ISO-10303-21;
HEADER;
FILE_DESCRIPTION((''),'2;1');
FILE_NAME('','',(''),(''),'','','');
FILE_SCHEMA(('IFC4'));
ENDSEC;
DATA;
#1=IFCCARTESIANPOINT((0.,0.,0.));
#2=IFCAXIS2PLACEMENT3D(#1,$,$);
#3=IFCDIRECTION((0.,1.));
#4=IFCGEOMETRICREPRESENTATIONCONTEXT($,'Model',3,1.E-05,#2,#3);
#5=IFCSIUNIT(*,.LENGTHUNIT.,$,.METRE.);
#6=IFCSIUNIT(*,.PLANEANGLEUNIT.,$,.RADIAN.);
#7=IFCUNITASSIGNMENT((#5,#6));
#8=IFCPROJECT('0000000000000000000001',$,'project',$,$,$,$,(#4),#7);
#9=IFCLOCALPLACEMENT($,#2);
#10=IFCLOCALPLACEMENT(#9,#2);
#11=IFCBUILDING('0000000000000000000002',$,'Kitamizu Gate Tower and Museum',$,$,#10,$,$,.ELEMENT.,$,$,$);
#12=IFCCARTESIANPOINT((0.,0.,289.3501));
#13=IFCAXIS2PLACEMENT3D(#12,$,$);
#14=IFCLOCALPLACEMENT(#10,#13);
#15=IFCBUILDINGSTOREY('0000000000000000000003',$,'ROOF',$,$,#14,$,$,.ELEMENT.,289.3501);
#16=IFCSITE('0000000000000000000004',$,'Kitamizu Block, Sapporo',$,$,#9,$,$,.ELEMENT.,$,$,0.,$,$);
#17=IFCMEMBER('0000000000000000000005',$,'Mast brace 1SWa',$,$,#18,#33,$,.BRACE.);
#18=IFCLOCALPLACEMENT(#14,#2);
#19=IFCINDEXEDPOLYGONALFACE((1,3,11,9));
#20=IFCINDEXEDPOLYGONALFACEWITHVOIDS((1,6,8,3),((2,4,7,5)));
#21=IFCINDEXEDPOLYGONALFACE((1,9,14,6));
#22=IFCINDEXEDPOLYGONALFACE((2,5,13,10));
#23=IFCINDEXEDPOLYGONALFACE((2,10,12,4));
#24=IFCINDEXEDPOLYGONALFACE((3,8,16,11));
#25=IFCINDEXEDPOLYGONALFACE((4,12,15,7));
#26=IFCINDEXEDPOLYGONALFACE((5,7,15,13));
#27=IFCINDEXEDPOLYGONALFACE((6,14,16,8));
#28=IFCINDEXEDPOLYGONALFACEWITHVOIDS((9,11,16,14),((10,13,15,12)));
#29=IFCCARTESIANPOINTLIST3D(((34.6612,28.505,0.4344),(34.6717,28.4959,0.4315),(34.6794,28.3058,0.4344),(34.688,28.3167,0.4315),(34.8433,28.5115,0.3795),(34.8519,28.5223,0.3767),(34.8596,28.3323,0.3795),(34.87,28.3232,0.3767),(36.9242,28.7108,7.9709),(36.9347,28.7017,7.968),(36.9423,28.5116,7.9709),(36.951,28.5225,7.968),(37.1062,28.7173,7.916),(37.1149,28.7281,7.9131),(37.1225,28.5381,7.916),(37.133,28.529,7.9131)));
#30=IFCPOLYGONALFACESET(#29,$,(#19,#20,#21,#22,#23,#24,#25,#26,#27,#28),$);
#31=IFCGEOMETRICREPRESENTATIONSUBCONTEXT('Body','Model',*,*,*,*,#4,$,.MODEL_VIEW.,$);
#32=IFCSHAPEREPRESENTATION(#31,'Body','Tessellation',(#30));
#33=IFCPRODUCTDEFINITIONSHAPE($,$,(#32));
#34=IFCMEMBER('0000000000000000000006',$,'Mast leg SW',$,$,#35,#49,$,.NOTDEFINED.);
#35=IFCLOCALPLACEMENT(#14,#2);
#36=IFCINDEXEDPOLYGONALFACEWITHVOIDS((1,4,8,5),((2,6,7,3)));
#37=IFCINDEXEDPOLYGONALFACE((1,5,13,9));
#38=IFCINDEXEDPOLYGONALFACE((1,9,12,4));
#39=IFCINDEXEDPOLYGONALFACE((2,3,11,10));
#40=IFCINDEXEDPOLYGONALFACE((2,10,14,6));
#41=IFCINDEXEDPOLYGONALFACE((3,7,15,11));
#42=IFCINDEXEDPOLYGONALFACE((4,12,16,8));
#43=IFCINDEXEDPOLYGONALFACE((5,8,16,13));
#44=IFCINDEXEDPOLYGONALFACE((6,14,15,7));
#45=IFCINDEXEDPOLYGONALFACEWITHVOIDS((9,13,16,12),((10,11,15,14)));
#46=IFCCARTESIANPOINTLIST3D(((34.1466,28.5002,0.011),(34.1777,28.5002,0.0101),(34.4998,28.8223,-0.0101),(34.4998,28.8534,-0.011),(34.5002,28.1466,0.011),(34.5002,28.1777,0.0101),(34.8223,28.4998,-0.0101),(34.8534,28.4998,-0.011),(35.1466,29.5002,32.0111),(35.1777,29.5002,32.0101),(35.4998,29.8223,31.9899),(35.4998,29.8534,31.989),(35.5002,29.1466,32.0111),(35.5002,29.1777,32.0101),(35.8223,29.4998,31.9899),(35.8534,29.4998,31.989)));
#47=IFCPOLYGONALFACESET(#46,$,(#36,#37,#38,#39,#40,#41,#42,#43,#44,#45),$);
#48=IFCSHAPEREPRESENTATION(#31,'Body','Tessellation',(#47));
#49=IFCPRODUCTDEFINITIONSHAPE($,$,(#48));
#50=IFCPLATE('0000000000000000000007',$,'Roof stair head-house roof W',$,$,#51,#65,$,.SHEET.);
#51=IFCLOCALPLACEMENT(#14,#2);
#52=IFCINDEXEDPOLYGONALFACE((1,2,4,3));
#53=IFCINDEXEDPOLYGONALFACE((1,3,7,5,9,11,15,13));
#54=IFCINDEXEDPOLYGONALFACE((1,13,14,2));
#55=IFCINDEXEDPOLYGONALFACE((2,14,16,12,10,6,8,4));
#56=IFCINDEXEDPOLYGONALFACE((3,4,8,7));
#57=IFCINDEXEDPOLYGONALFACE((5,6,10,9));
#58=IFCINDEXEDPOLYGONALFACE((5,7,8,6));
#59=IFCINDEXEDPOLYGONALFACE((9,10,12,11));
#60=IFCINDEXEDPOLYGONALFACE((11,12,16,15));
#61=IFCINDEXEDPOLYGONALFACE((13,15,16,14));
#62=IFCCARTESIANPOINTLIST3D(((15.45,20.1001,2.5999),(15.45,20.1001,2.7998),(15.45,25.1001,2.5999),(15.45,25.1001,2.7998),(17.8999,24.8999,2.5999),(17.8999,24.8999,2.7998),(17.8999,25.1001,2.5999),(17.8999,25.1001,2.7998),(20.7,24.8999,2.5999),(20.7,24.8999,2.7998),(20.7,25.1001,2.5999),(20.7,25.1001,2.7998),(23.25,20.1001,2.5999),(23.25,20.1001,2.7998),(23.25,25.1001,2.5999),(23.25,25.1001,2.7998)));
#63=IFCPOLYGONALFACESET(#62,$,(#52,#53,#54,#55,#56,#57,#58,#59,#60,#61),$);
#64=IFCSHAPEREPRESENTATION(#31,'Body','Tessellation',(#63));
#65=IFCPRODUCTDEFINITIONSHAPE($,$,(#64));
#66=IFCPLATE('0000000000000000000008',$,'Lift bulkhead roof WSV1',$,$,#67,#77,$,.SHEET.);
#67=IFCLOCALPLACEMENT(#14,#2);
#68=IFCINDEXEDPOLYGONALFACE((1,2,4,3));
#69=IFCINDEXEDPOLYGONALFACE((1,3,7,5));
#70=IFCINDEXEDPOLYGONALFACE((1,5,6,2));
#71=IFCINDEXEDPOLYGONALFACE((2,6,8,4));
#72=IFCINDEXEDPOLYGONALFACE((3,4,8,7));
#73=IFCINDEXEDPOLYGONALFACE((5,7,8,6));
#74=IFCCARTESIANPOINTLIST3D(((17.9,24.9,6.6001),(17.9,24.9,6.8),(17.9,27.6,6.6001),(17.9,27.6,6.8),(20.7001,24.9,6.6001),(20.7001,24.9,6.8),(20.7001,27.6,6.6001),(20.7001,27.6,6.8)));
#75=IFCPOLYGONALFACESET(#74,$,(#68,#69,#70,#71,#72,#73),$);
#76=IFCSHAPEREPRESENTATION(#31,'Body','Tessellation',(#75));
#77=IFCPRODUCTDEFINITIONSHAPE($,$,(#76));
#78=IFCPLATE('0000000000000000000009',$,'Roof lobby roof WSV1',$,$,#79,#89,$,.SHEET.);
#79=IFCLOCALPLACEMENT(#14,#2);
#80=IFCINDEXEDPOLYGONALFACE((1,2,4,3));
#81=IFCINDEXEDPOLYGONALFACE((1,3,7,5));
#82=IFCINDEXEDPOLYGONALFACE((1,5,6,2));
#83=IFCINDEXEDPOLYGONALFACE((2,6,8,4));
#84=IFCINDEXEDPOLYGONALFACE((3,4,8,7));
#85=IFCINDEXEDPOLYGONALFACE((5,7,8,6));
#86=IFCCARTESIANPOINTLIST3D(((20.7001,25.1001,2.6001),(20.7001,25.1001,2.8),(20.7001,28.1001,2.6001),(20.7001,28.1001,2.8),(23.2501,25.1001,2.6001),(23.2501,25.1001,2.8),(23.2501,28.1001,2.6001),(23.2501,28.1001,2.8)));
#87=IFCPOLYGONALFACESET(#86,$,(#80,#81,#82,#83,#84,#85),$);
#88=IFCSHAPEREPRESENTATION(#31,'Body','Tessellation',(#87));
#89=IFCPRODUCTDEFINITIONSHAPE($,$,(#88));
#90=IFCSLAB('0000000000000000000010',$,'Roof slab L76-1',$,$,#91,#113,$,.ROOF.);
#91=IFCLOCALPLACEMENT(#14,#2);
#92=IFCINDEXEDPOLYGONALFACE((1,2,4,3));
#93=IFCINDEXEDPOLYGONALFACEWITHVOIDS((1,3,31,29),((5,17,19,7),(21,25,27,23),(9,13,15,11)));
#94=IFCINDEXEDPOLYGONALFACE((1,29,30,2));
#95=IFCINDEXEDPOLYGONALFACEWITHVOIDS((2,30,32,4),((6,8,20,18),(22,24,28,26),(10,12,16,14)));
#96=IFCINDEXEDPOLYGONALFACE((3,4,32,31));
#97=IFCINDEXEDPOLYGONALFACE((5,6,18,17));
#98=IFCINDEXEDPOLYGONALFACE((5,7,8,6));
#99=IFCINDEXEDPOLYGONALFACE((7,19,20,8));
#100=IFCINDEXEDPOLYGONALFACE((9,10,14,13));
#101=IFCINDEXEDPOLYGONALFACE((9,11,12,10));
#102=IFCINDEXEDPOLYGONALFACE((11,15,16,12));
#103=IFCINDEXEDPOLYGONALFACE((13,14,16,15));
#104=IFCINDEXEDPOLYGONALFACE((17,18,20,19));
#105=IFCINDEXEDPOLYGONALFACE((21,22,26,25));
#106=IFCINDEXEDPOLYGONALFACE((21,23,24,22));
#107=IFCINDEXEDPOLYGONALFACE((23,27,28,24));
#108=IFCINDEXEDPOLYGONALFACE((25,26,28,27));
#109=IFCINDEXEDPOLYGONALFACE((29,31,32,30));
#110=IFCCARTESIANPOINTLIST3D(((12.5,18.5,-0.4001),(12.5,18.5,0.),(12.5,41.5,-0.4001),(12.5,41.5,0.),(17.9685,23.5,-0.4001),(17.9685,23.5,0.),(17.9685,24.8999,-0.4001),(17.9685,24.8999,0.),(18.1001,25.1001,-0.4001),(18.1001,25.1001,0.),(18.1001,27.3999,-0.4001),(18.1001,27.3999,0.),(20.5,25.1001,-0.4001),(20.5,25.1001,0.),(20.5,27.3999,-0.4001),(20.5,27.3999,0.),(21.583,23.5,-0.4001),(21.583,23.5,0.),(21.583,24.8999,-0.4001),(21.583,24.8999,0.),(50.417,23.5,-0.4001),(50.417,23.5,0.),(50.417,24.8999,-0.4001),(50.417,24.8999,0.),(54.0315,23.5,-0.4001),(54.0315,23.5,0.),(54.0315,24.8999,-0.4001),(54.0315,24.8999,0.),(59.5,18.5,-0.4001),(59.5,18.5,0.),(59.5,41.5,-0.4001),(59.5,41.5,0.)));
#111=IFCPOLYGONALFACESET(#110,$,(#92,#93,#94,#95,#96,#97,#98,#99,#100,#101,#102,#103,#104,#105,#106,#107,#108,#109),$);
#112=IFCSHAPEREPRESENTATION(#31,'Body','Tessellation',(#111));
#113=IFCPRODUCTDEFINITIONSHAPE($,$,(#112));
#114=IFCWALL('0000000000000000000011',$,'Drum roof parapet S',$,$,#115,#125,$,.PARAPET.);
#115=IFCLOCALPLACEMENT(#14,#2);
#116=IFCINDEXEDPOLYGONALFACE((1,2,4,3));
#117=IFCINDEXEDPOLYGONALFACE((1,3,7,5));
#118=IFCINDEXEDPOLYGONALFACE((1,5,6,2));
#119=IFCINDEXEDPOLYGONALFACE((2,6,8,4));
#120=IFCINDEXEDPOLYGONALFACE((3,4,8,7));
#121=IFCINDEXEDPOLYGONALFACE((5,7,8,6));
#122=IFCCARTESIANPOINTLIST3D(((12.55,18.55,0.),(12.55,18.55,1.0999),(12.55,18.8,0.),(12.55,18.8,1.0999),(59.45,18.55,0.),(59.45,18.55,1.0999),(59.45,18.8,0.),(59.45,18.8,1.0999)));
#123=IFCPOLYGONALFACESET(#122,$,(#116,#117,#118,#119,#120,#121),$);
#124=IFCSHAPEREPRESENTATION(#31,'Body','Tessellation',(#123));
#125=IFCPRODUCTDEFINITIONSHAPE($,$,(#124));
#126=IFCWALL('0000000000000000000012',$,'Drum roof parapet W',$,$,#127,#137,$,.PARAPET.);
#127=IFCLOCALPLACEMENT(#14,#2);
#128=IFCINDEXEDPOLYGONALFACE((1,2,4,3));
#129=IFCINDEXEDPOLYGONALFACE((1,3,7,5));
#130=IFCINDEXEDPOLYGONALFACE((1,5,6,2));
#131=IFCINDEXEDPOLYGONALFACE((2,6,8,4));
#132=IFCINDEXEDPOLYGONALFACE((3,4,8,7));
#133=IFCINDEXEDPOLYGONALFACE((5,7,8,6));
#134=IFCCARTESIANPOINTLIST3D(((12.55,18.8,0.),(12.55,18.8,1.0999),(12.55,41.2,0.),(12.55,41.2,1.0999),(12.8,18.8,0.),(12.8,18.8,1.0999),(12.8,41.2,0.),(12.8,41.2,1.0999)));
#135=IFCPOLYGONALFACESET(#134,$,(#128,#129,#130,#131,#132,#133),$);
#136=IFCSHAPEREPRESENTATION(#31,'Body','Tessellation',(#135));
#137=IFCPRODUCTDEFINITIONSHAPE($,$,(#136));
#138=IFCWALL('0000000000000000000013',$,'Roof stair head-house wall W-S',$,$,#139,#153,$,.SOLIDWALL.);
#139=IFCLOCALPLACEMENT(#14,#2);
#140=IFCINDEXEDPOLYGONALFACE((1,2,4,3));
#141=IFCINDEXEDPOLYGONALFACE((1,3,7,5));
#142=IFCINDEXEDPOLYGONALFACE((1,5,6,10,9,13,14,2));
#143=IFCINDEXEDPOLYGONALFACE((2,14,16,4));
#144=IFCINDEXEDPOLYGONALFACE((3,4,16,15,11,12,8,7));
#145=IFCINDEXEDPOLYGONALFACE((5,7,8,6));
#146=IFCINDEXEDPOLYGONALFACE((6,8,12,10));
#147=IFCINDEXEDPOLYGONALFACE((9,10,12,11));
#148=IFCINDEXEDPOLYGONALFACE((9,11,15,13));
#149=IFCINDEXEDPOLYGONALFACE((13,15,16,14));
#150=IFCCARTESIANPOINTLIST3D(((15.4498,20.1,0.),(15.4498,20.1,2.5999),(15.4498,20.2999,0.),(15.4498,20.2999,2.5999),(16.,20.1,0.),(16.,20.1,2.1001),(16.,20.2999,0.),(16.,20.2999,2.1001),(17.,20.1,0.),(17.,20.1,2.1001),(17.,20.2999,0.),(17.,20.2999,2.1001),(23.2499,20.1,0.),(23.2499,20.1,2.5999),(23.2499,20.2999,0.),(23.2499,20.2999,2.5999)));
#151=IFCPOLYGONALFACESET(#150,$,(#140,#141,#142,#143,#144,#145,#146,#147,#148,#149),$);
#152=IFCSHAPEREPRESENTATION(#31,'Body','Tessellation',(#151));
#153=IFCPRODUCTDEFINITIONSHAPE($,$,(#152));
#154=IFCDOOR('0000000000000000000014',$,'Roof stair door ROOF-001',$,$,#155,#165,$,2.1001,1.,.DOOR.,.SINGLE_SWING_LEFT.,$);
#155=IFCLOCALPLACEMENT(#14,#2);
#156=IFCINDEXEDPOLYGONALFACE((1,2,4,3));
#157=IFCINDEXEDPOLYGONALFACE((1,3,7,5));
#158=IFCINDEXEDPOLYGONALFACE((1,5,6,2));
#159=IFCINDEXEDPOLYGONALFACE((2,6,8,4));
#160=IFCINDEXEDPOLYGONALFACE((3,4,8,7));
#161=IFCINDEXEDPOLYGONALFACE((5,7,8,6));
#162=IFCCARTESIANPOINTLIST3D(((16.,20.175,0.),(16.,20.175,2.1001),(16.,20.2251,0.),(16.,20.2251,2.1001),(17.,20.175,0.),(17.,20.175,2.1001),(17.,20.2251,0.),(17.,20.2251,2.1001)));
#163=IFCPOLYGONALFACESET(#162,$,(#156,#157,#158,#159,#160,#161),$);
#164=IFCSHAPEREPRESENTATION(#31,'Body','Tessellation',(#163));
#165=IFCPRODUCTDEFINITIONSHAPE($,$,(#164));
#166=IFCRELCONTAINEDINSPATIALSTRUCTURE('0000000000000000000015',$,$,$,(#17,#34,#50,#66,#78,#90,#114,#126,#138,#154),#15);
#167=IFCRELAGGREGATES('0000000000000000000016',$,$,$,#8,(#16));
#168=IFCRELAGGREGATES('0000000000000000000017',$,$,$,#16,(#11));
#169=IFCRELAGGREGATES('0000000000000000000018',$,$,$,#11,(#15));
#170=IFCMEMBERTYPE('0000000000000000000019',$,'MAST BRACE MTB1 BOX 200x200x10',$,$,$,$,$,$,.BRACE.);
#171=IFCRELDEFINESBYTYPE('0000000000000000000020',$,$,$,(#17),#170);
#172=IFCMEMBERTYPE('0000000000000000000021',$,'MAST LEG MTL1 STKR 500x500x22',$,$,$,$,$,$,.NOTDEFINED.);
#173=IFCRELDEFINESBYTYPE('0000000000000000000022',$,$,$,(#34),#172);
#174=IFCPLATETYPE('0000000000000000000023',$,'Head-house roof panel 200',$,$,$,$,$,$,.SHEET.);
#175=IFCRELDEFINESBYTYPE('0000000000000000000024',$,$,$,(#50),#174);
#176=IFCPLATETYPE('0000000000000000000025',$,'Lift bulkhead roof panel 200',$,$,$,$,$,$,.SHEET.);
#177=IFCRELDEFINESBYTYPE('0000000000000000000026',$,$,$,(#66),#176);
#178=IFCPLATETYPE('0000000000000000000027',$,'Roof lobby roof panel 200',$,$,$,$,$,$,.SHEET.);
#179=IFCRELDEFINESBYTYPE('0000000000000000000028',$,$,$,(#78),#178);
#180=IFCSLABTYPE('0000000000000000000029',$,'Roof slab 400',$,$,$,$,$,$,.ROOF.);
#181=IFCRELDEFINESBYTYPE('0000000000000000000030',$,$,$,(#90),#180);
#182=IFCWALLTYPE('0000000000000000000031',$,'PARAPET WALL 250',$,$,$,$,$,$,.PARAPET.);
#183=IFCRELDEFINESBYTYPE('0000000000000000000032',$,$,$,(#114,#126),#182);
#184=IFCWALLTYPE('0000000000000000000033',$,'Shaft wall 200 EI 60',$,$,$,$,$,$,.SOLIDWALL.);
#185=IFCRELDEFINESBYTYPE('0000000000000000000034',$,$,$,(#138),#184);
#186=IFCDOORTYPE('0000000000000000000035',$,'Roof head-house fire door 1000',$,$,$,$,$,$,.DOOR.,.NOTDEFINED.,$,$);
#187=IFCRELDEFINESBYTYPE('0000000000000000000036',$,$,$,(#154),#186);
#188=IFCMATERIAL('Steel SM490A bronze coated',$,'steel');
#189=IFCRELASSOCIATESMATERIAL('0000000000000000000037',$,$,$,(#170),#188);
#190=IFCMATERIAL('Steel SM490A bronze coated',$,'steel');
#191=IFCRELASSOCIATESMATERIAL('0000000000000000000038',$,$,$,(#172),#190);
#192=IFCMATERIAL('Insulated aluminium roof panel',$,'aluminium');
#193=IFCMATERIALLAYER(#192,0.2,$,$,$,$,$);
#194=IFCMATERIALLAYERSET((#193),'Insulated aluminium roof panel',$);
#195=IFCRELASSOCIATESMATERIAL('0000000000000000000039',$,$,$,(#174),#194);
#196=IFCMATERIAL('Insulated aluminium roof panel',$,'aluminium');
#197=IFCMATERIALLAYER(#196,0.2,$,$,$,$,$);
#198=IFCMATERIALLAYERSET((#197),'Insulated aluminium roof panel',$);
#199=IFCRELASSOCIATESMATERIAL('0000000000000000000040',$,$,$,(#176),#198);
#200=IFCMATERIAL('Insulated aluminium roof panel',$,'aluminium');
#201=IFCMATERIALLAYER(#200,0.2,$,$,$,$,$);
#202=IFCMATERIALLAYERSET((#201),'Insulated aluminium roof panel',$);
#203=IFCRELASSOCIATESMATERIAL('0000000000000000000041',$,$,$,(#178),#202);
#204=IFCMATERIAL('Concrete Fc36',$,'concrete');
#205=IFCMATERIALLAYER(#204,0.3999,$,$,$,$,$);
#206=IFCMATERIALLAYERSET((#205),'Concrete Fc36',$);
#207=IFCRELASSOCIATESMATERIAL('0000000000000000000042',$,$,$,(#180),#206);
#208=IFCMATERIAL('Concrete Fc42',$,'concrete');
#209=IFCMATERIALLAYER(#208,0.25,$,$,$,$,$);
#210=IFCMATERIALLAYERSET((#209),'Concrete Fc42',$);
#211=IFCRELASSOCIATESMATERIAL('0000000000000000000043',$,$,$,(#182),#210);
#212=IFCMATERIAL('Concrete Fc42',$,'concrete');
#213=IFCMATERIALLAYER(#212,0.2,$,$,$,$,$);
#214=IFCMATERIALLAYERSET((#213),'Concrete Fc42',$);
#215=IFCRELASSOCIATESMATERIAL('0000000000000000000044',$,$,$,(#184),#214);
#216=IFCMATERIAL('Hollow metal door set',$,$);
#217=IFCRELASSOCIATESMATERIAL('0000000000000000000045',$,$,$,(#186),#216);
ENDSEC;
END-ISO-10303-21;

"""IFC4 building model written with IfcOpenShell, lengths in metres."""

from ifc_helpers import new_model, si_unit, direction, frame, frame_2d, origin, origin_2d, place, context, subcontext, project, spatial, polyline, rectangle, hollow_rectangle, outline, extrude, material, layer, layer_set, material_profile, profile_set, type_object, element, fill, save


model = new_model("IFC4")

# Units and contexts
model_context = context("Model", 3, precision=1e-05, world=origin(), true_north=direction((0.0, 1.0)))
body_context = subcontext(model_context, "Body", "Model", "MODEL_VIEW")
ifc_project = project(units=[si_unit("LENGTHUNIT", "METRE"), si_unit("PLANEANGLEUNIT", "RADIAN")], contexts=[model_context])

# Site, building, storey
site_placement = place(None, origin())
site = spatial("IfcSite", under=ifc_project, at=site_placement, Name="Kitamizu Block, Sapporo", CompositionType="ELEMENT", RefElevation=0.0)
building_placement = place(site_placement, origin())
building = spatial("IfcBuilding", under=site, at=building_placement, Name="Kitamizu Gate Tower and Museum", CompositionType="ELEMENT")
storey_placement = place(building_placement, frame((0.0, 0.0, 289.3501)))
storey = spatial("IfcBuildingStorey", under=building, at=storey_placement, Name="ROOF", CompositionType="ELEMENT", Elevation=289.3501)

# Members
ifc_material_1 = material(Name="Steel SM490A bronze coated", Category="steel")
ifc_material_profile_1 = material_profile(ifc_material_1, hollow_rectangle(XDim=0.2, YDim=0.2, WallThickness=0.01, at=origin_2d()), Name="BOX 200x200x10")
ifc_profile_set_1 = profile_set([ifc_material_profile_1], Name="Steel SM490A bronze coated")
member_type_1 = type_object("IfcMemberType", Name="MAST BRACE MTB1 BOX 200x200x10", PredefinedType="BRACE", material=ifc_profile_set_1)
member_1_placement = place(storey_placement, frame((34.7656, 28.4141, 0.4055), z_axis=(0.287486, 0.026146, 0.957428), x_axis=(-0.090574, 0.99589, 0.0)))
element("IfcMember", 1, at=member_1_placement, inside=storey, type_object=member_type_1, Name="Mast brace 1SWa", PredefinedType="BRACE", context=body_context, shape_type="SweptSolid", body=[
    extrude(hollow_rectangle(XDim=0.2, YDim=0.2, WallThickness=0.01, at=origin_2d()), origin(), (0.0, 0.0, 1.0), 7.8716),
])
ifc_material_2 = material(Name="Steel SM490A bronze coated", Category="steel")
ifc_material_profile_2 = material_profile(ifc_material_2, hollow_rectangle(XDim=0.5, YDim=0.5, WallThickness=0.022, at=origin_2d()), Name="STKR-500x500x22")
ifc_profile_set_2 = profile_set([ifc_material_profile_2], Name="Steel SM490A bronze coated")
member_type_2 = type_object("IfcMemberType", Name="MAST LEG MTL1 STKR 500x500x22", PredefinedType="NOTDEFINED", material=ifc_profile_set_2)
member_2_placement = place(storey_placement, frame((34.5, 28.5, 0.0), z_axis=(0.03122, 0.03122, 0.999025), x_axis=(-0.707107, 0.707107, 0.0)))
element("IfcMember", 2, at=member_2_placement, inside=storey, type_object=member_type_2, Name="Mast leg SW", PredefinedType="NOTDEFINED", context=body_context, shape_type="SweptSolid", body=[
    extrude(hollow_rectangle(XDim=0.5, YDim=0.5, WallThickness=0.022, at=origin_2d()), origin(), (0.0, 0.0, 1.0), 32.0312),
])

# Plates
ifc_material_3 = material(Name="Insulated aluminium roof panel", Category="aluminium")
ifc_layer_1 = layer(ifc_material_3, 0.2)
ifc_layer_set_1 = layer_set([ifc_layer_1], Name="Insulated aluminium roof panel")
plate_type_1 = type_object("IfcPlateType", Name="Head-house roof panel 200", PredefinedType="SHEET", material=ifc_layer_set_1)
plate_1_placement = place(storey_placement, frame((0.0, 0.0, 2.5999)))
element("IfcPlate", 3, at=plate_1_placement, inside=storey, type_object=plate_type_1, Name="Roof stair head-house roof W", PredefinedType="SHEET", context=body_context, shape_type="SweptSolid", body=[
    extrude(outline(polyline([(23.25, 25.1001), (23.25, 20.1001), (15.45, 20.1001), (15.45, 25.1001), (17.8999, 25.1001), (17.8999, 24.8999), (20.7, 24.8999), (20.7, 25.1001), (23.25, 25.1001)])), origin(), (0.0, 0.0, 1.0), 0.2),
])
ifc_material_4 = material(Name="Insulated aluminium roof panel", Category="aluminium")
ifc_layer_2 = layer(ifc_material_4, 0.2)
ifc_layer_set_2 = layer_set([ifc_layer_2], Name="Insulated aluminium roof panel")
plate_type_2 = type_object("IfcPlateType", Name="Lift bulkhead roof panel 200", PredefinedType="SHEET", material=ifc_layer_set_2)
plate_2_placement = place(storey_placement, frame((19.3, 26.25, 6.6001), z_axis=(0.0, 0.0, 1.0), x_axis=(1.0, 0.0, 0.0)))
element("IfcPlate", 4, at=plate_2_placement, inside=storey, type_object=plate_type_2, Name="Lift bulkhead roof WSV1", PredefinedType="SHEET", context=body_context, shape_type="SweptSolid", body=[
    extrude(rectangle(XDim=2.8, YDim=2.7, at=origin_2d()), origin(), (0.0, 0.0, 1.0), 0.2),
])
ifc_material_5 = material(Name="Insulated aluminium roof panel", Category="aluminium")
ifc_layer_3 = layer(ifc_material_5, 0.2)
ifc_layer_set_3 = layer_set([ifc_layer_3], Name="Insulated aluminium roof panel")
plate_type_3 = type_object("IfcPlateType", Name="Roof lobby roof panel 200", PredefinedType="SHEET", material=ifc_layer_set_3)
plate_3_placement = place(storey_placement, frame((21.9751, 26.6001, 2.6001), z_axis=(0.0, 0.0, 1.0), x_axis=(1.0, 0.0, 0.0)))
element("IfcPlate", 5, at=plate_3_placement, inside=storey, type_object=plate_type_3, Name="Roof lobby roof WSV1", PredefinedType="SHEET", context=body_context, shape_type="SweptSolid", body=[
    extrude(rectangle(XDim=2.55, YDim=3.0, at=origin_2d()), origin(), (0.0, 0.0, 1.0), 0.2),
])

# Slab
ifc_material_6 = material(Name="Concrete Fc36", Category="concrete")
ifc_layer_4 = layer(ifc_material_6, 0.3999)
ifc_layer_set_4 = layer_set([ifc_layer_4], Name="Concrete Fc36")
slab_type = type_object("IfcSlabType", Name="Roof slab 400", PredefinedType="ROOF", material=ifc_layer_set_4)
slab_placement = place(storey_placement, frame((0.0, 0.0, -0.4001)))
element("IfcSlab", 6, at=slab_placement, inside=storey, type_object=slab_type, Name="Roof slab L76-1", PredefinedType="ROOF", context=body_context, shape_type="SweptSolid", body=[
    extrude(outline(polyline([(12.5, 18.5), (12.5, 41.5), (59.5, 41.5), (59.5, 18.5), (12.5, 18.5)]), holes=[polyline([(50.417, 23.5), (54.0315, 23.5), (54.0315, 24.8999), (50.417, 24.8999), (50.417, 23.5)]), polyline([(17.9685, 23.5), (21.583, 23.5), (21.583, 24.8999), (17.9685, 24.8999), (17.9685, 23.5)]), polyline([(18.1001, 27.3999), (18.1001, 25.1001), (20.5, 25.1001), (20.5, 27.3999), (18.1001, 27.3999)])]), origin(), (0.0, 0.0, 1.0), 0.4001),
])

# Walls
ifc_material_7 = material(Name="Concrete Fc42", Category="concrete")
ifc_layer_5 = layer(ifc_material_7, 0.25)
ifc_layer_set_5 = layer_set([ifc_layer_5], Name="Concrete Fc42")
wall_type_1 = type_object("IfcWallType", Name="PARAPET WALL 250", PredefinedType="PARAPET", material=ifc_layer_set_5)
wall_1_placement = place(storey_placement, frame((12.55, 18.675, 0.0), z_axis=(0.0, 0.0, 1.0), x_axis=(1.0, 0.0, 0.0)))
element("IfcWall", 7, at=wall_1_placement, inside=storey, type_object=wall_type_1, Name="Drum roof parapet S", PredefinedType="PARAPET", context=body_context, shape_type="SweptSolid", body=[
    extrude(rectangle(XDim=46.8999, YDim=0.25, at=frame_2d((23.45, 0.0))), origin(), (0.0, 0.0, 1.0), 1.0999),
])
wall_2_placement = place(storey_placement, frame((12.675, 18.8, 0.0), z_axis=(0.0, 0.0, 1.0), x_axis=(0.0, 1.0, 0.0)))
element("IfcWall", 8, at=wall_2_placement, inside=storey, type_object=wall_type_1, Name="Drum roof parapet W", PredefinedType="PARAPET", context=body_context, shape_type="SweptSolid", body=[
    extrude(rectangle(XDim=22.3999, YDim=0.25, at=frame_2d((11.2, 0.0))), origin(), (0.0, 0.0, 1.0), 1.0999),
])

# Wall, opening, door
ifc_material_8 = material(Name="Concrete Fc42", Category="concrete")
ifc_layer_6 = layer(ifc_material_8, 0.2)
ifc_layer_set_6 = layer_set([ifc_layer_6], Name="Concrete Fc42")
wall_type_2 = type_object("IfcWallType", Name="Shaft wall 200 EI 60", PredefinedType="SOLIDWALL", material=ifc_layer_set_6)
wall_3_placement = place(storey_placement, frame((15.45, 20.2, 0.0), z_axis=(0.0, 0.0, 1.0), x_axis=(1.0, 0.0, 0.0)))
wall_3 = element("IfcWall", 9, at=wall_3_placement, inside=storey, type_object=wall_type_2, Name="Roof stair head-house wall W-S", PredefinedType="SOLIDWALL", context=body_context, shape_type="SweptSolid", body=[
    extrude(rectangle(XDim=7.8, YDim=0.2, at=frame_2d((3.8999, 0.0))), origin(), (0.0, 0.0, 1.0), 2.5999),
])
opening_1_placement = place(wall_3_placement, frame((0.55, 0.0, 0.0)))
opening_1 = element("IfcOpeningElement", 10, at=opening_1_placement, cuts=wall_3, PredefinedType="OPENING", context=body_context, shape_type="SweptSolid", body=[
    extrude(rectangle(XDim=1.0, YDim=2.1001, at=frame_2d((0.5, 1.05))), frame((0.0, 0.1099, 0.0), z_axis=(0.0, -1.0, 0.0), x_axis=(1.0, 0.0, 0.0)), (0.0, 0.0, 1.0), 0.22),
])
ifc_material_9 = material(Name="Hollow metal door set")
door_type_1 = type_object("IfcDoorType", Name="Roof head-house fire door 1000", OperationType="NOTDEFINED", PredefinedType="DOOR", material=ifc_material_9)
door_1_placement = place(opening_1_placement, frame((1.0, 0.0, 0.0), x_axis=(-1.0, 0.0, 0.0)))
door_1 = element("IfcDoor", 11, at=door_1_placement, inside=storey, type_object=door_type_1, Name="Roof stair door ROOF-001", OperationType="SINGLE_SWING_LEFT", OverallHeight=2.1001, OverallWidth=1.0, PredefinedType="DOOR", context=body_context, shape_type="SweptSolid", body=[
    extrude(rectangle(XDim=1.0, YDim=2.1001, at=frame_2d((0.5, 1.05))), frame((0.0, 0.0249, 0.0), z_axis=(0.0, -1.0, 0.0), x_axis=(1.0, 0.0, 0.0)), (0.0, 0.0, 1.0), 0.05),
])
fill(opening_1, door_1)

save(model, "model.ifc")
